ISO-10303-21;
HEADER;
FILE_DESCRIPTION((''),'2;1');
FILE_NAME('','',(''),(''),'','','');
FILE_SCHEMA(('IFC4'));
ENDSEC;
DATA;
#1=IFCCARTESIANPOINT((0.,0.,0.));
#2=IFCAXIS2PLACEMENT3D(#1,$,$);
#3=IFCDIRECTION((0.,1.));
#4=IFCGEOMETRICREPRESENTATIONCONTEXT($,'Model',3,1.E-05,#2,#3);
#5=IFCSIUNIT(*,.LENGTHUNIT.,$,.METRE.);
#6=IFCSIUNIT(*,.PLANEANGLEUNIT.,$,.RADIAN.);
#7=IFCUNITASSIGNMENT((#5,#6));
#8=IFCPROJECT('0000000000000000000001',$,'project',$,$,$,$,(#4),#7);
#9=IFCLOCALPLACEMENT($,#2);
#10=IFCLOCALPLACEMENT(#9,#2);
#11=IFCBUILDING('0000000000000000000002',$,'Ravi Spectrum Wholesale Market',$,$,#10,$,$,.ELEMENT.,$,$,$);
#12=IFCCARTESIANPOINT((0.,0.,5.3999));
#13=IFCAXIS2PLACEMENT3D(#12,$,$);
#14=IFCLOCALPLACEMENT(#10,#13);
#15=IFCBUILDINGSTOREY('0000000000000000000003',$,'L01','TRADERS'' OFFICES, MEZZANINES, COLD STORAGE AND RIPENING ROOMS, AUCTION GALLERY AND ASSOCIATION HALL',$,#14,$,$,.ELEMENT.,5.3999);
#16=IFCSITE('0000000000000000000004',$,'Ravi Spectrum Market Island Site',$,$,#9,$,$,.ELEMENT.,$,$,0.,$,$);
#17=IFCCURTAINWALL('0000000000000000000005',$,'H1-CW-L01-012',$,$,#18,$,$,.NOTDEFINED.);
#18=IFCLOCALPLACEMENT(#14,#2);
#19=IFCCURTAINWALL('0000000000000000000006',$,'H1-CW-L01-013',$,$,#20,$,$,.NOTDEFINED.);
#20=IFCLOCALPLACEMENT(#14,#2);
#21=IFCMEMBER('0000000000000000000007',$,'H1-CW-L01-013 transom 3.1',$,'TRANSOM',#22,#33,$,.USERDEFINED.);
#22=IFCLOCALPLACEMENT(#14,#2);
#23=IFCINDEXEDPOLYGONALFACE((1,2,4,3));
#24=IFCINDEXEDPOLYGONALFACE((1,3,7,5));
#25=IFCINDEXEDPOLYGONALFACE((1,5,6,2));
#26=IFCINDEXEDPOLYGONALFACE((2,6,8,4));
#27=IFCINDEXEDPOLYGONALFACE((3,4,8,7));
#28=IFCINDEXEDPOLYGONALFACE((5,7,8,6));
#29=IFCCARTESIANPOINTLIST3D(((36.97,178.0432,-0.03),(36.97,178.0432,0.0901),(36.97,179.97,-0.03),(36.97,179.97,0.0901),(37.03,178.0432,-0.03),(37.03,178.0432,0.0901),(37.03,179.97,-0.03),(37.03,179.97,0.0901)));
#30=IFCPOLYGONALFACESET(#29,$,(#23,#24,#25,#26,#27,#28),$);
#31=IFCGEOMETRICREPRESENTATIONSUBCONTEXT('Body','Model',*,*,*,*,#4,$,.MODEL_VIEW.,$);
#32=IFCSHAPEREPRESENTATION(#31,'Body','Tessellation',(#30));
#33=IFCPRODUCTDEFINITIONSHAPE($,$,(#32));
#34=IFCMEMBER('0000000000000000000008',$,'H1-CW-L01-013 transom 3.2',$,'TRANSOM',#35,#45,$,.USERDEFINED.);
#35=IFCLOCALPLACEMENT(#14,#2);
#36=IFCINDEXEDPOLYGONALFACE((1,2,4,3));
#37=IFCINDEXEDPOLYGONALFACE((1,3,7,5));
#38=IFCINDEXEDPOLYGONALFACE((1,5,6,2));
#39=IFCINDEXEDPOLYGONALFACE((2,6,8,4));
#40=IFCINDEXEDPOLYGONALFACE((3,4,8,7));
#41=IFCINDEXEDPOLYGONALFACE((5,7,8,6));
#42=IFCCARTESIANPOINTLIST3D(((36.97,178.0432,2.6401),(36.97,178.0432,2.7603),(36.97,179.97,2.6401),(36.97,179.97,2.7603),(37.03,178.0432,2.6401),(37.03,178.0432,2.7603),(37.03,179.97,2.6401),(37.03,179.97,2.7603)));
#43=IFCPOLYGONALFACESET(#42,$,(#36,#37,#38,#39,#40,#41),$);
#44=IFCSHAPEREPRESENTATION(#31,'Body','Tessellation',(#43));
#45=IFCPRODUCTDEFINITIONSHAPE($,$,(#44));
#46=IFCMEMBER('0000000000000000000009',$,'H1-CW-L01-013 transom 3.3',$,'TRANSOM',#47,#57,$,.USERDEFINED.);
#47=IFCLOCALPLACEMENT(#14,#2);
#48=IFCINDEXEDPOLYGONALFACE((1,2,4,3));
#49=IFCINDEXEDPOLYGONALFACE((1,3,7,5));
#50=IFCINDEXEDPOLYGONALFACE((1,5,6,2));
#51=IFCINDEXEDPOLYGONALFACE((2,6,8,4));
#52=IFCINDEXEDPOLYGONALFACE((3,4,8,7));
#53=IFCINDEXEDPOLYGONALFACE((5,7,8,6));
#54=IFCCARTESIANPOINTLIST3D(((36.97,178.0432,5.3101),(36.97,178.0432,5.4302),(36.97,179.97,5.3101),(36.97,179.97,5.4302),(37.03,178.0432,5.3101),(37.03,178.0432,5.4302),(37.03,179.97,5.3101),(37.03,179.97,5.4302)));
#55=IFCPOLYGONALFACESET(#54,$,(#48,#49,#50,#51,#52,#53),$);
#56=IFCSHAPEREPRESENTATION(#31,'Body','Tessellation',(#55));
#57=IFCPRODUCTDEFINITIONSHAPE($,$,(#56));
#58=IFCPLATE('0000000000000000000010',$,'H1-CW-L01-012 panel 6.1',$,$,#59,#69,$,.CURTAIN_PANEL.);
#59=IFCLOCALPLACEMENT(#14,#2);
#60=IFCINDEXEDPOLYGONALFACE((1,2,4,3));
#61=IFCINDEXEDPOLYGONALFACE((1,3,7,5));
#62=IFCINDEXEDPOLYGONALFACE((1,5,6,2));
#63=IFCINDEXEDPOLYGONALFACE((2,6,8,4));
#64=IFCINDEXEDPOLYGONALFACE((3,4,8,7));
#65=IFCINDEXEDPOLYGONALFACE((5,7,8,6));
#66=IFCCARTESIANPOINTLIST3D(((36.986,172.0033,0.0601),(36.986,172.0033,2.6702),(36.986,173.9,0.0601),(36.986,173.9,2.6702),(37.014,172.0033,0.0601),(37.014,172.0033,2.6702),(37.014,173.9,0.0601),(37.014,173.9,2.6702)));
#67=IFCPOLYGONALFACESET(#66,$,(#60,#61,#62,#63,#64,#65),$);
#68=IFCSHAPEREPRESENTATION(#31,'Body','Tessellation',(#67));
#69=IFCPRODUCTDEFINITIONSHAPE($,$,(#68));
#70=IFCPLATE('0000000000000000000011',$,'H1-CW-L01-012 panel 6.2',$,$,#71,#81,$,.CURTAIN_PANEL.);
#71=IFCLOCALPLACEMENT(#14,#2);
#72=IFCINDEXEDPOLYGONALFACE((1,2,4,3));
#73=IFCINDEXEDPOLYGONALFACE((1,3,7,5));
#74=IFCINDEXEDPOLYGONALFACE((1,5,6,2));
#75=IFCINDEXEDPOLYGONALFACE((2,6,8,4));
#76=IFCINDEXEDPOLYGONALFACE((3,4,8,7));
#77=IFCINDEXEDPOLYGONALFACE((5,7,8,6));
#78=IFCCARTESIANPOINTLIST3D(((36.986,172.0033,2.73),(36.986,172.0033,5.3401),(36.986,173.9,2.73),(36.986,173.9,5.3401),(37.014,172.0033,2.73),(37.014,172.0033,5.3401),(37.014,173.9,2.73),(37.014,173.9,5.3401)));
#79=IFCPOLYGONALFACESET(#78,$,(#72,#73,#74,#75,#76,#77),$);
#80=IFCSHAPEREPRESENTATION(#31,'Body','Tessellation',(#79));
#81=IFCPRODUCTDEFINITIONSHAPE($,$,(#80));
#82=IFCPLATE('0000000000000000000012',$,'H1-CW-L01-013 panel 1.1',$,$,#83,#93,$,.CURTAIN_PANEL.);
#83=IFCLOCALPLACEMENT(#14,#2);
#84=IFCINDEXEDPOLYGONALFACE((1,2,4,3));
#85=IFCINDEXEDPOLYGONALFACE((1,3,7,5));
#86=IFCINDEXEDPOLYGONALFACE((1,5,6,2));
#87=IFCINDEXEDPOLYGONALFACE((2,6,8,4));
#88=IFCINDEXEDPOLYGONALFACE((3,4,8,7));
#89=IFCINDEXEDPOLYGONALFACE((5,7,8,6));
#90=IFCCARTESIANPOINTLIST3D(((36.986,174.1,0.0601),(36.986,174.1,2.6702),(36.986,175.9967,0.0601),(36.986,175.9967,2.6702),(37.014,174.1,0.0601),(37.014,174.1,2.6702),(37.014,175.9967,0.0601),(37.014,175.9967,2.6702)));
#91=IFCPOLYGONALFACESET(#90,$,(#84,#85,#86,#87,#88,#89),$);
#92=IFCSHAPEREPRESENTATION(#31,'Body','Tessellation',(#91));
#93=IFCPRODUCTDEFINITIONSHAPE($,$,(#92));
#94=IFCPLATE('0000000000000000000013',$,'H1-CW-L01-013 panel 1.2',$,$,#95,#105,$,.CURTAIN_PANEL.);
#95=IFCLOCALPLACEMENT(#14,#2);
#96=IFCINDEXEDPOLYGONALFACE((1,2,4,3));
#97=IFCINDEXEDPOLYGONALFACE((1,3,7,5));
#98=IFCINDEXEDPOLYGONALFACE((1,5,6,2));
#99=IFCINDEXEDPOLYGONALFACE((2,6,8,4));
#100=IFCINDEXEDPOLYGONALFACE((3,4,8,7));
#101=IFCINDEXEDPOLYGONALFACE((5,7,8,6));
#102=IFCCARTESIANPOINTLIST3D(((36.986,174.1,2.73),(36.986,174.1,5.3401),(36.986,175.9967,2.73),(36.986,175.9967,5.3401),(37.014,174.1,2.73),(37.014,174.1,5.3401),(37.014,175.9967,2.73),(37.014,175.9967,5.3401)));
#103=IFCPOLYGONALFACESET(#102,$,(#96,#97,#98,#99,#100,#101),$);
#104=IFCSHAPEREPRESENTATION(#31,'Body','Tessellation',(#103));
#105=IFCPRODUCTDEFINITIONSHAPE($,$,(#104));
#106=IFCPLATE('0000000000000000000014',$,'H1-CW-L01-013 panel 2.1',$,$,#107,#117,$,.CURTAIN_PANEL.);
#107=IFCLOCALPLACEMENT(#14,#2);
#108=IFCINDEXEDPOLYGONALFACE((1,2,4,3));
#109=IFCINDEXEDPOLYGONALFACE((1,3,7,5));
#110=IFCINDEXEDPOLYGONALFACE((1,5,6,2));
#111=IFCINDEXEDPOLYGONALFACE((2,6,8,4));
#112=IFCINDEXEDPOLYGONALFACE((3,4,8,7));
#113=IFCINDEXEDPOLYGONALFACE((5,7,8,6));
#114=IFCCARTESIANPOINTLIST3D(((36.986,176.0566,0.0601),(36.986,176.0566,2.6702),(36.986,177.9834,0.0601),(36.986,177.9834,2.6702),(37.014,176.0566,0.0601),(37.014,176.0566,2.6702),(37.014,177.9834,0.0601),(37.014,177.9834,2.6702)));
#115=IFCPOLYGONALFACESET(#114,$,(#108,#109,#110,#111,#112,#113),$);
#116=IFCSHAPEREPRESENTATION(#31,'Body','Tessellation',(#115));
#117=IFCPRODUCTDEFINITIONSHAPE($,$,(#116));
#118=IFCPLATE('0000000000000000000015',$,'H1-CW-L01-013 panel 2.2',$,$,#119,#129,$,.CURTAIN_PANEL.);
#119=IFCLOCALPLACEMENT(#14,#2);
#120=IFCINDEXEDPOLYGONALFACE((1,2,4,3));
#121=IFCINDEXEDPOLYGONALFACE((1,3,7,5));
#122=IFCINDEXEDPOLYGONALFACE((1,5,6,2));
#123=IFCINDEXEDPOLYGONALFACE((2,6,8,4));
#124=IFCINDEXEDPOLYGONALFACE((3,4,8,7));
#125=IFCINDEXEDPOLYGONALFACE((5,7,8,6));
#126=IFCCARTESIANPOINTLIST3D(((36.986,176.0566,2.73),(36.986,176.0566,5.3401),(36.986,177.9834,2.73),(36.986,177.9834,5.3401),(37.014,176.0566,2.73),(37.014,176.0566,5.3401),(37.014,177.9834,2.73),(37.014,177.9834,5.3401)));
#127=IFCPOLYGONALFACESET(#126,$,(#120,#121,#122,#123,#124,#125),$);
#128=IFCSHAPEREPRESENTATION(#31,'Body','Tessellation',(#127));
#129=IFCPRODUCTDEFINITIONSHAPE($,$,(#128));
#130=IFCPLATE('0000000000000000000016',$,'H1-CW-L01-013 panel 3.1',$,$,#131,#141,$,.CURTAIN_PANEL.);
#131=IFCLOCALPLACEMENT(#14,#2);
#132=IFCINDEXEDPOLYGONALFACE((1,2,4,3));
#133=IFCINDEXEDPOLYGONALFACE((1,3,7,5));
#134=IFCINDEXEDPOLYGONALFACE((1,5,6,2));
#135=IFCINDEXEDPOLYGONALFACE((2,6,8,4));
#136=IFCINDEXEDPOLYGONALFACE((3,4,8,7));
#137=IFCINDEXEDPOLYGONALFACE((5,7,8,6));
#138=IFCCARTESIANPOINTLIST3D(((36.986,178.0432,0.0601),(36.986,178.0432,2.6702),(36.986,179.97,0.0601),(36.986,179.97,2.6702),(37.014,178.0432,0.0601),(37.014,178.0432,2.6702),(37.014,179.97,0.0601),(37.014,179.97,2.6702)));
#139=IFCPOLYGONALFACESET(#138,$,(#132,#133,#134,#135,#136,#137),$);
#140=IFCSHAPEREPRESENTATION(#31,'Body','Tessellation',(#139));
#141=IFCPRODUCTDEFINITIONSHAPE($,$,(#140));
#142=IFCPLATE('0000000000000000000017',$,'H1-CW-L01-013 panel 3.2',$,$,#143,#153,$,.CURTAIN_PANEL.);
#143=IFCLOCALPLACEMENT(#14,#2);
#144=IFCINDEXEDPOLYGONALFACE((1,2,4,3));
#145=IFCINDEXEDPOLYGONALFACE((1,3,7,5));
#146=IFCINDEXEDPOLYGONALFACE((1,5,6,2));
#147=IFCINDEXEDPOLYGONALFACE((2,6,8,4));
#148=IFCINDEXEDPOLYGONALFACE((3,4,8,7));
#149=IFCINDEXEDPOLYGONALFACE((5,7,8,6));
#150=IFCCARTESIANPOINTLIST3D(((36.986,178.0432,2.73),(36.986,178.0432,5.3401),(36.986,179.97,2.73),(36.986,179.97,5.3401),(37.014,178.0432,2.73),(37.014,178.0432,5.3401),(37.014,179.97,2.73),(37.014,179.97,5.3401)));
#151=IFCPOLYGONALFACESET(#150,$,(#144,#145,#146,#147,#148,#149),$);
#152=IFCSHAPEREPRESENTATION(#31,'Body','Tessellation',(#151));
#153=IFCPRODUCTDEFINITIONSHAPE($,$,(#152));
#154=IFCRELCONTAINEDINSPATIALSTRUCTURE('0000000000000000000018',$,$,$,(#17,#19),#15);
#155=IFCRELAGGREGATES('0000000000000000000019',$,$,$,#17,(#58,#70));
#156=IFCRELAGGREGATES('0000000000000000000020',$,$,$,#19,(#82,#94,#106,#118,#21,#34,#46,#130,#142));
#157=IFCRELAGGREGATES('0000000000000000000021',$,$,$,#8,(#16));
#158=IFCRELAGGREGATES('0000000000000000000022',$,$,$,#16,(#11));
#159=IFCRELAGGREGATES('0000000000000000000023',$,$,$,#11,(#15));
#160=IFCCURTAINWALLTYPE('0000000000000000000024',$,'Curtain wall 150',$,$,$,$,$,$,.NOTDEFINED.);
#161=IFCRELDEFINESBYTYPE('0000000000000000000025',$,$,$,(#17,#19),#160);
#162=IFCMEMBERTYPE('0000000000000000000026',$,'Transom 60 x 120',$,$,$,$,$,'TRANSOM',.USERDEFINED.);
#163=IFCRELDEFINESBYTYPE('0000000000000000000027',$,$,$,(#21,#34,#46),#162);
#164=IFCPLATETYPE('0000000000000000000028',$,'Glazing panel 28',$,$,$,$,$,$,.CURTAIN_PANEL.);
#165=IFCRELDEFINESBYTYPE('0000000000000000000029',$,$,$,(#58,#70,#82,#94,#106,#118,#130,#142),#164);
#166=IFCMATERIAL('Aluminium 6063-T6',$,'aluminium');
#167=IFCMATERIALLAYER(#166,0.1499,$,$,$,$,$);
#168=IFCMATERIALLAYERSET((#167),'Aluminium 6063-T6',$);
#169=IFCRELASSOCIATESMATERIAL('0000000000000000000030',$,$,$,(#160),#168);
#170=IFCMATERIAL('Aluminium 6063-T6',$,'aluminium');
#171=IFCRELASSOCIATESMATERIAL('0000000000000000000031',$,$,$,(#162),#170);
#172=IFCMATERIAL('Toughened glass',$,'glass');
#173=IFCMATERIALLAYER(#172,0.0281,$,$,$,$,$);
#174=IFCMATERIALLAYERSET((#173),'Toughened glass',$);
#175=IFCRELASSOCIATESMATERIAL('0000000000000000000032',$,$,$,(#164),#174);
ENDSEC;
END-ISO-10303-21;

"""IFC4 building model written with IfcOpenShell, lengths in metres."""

from ifc_helpers import new_model, si_unit, direction, frame, origin, origin_2d, place, context, subcontext, project, spatial, rectangle, extrude, material, layer, layer_set, material_profile, profile_set, type_object, element, aggregate, save


model = new_model("IFC4")

# Units and contexts
model_context = context("Model", 3, precision=1e-05, world=origin(), true_north=direction((0.0, 1.0)))
body_context = subcontext(model_context, "Body", "Model", "MODEL_VIEW")
ifc_project = project(units=[si_unit("LENGTHUNIT", "METRE"), si_unit("PLANEANGLEUNIT", "RADIAN")], contexts=[model_context])

# Site, building, storey
site_placement = place(None, origin())
site = spatial("IfcSite", under=ifc_project, at=site_placement, Name="Ravi Spectrum Market Island Site", CompositionType="ELEMENT", RefElevation=0.0)
building_placement = place(site_placement, origin())
building = spatial("IfcBuilding", under=site, at=building_placement, Name="Ravi Spectrum Wholesale Market", CompositionType="ELEMENT")
storey_placement = place(building_placement, frame((0.0, 0.0, 5.3999)))
storey = spatial("IfcBuildingStorey", under=building, at=storey_placement, Name="L01", Description="TRADERS' OFFICES, MEZZANINES, COLD STORAGE AND RIPENING ROOMS, AUCTION GALLERY AND ASSOCIATION HALL", CompositionType="ELEMENT", Elevation=5.3999)

# Curtain wall
ifc_material_1 = material(Name="Aluminium 6063-T6", Category="aluminium")
ifc_layer_1 = layer(ifc_material_1, 0.1499)
ifc_layer_set_1 = layer_set([ifc_layer_1], Name="Aluminium 6063-T6")
curtain_wall_type = type_object("IfcCurtainWallType", Name="Curtain wall 150", PredefinedType="NOTDEFINED", material=ifc_layer_set_1)
curtain_wall_1_placement = place(storey_placement, origin())
curtain_wall_1 = element("IfcCurtainWall", 1, at=curtain_wall_1_placement, inside=storey, type_object=curtain_wall_type, Name="H1-CW-L01-012", PredefinedType="NOTDEFINED")

# Curtain wall, members
curtain_wall_2_placement = place(storey_placement, origin())
curtain_wall_2 = element("IfcCurtainWall", 2, at=curtain_wall_2_placement, inside=storey, type_object=curtain_wall_type, Name="H1-CW-L01-013", PredefinedType="NOTDEFINED")
ifc_material_2 = material(Name="Aluminium 6063-T6", Category="aluminium")
ifc_material_profile_1 = material_profile(ifc_material_2, rectangle(XDim=0.0601, YDim=0.1201, at=origin_2d()))
ifc_profile_set_1 = profile_set([ifc_material_profile_1], Name="Aluminium 6063-T6")
member_type_1 = type_object("IfcMemberType", Name="Transom 60 x 120", ElementType="TRANSOM", PredefinedType="USERDEFINED", material=ifc_profile_set_1)
member_1_placement = place(storey_placement, frame((37.0, 178.0432, 0.03), z_axis=(0.0, 1.0, 0.0), x_axis=(-1.0, 0.0, 0.0)))
member_1 = element("IfcMember", 3, at=member_1_placement, type_object=member_type_1, Name="H1-CW-L01-013 transom 3.1", ObjectType="TRANSOM", PredefinedType="USERDEFINED", context=body_context, shape_type="SweptSolid", body=[
    extrude(rectangle(XDim=0.0601, YDim=0.1201, at=origin_2d()), origin(), (0.0, 0.0, 1.0), 1.9268),
])
member_2_placement = place(storey_placement, frame((37.0, 178.0432, 2.7002), z_axis=(0.0, 1.0, 0.0), x_axis=(-1.0, 0.0, 0.0)))
member_2 = element("IfcMember", 4, at=member_2_placement, type_object=member_type_1, Name="H1-CW-L01-013 transom 3.2", ObjectType="TRANSOM", PredefinedType="USERDEFINED", context=body_context, shape_type="SweptSolid", body=[
    extrude(rectangle(XDim=0.0601, YDim=0.1201, at=origin_2d()), origin(), (0.0, 0.0, 1.0), 1.9268),
])
member_3_placement = place(storey_placement, frame((37.0, 178.0432, 5.3701), z_axis=(0.0, 1.0, 0.0), x_axis=(-1.0, 0.0, 0.0)))
member_3 = element("IfcMember", 5, at=member_3_placement, type_object=member_type_1, Name="H1-CW-L01-013 transom 3.3", ObjectType="TRANSOM", PredefinedType="USERDEFINED", context=body_context, shape_type="SweptSolid", body=[
    extrude(rectangle(XDim=0.0601, YDim=0.1201, at=origin_2d()), origin(), (0.0, 0.0, 1.0), 1.9268),
])

# Plates
ifc_material_3 = material(Name="Toughened glass", Category="glass")
ifc_layer_2 = layer(ifc_material_3, 0.0281)
ifc_layer_set_2 = layer_set([ifc_layer_2], Name="Toughened glass")
plate_type = type_object("IfcPlateType", Name="Glazing panel 28", PredefinedType="CURTAIN_PANEL", material=ifc_layer_set_2)
plate_1_placement = place(storey_placement, frame((37.0, 172.9517, 0.0601), z_axis=(0.0, 0.0, 1.0), x_axis=(0.0, 1.0, 0.0)))
plate_1 = element("IfcPlate", 6, at=plate_1_placement, type_object=plate_type, Name="H1-CW-L01-012 panel 6.1", PredefinedType="CURTAIN_PANEL", context=body_context, shape_type="SweptSolid", body=[
    extrude(rectangle(XDim=1.8967, YDim=0.0281, at=origin_2d()), origin(), (0.0, 0.0, 1.0), 2.6101),
])
plate_2_placement = place(storey_placement, frame((37.0, 172.9517, 2.73), z_axis=(0.0, 0.0, 1.0), x_axis=(0.0, 1.0, 0.0)))
plate_2 = element("IfcPlate", 7, at=plate_2_placement, type_object=plate_type, Name="H1-CW-L01-012 panel 6.2", PredefinedType="CURTAIN_PANEL", context=body_context, shape_type="SweptSolid", body=[
    extrude(rectangle(XDim=1.8967, YDim=0.0281, at=origin_2d()), origin(), (0.0, 0.0, 1.0), 2.6101),
])
aggregate(curtain_wall_1, [plate_1, plate_2])
plate_3_placement = place(storey_placement, frame((37.0, 175.0483, 0.0601), z_axis=(0.0, 0.0, 1.0), x_axis=(0.0, 1.0, 0.0)))
plate_3 = element("IfcPlate", 8, at=plate_3_placement, type_object=plate_type, Name="H1-CW-L01-013 panel 1.1", PredefinedType="CURTAIN_PANEL", context=body_context, shape_type="SweptSolid", body=[
    extrude(rectangle(XDim=1.8967, YDim=0.0281, at=origin_2d()), origin(), (0.0, 0.0, 1.0), 2.6101),
])
plate_4_placement = place(storey_placement, frame((37.0, 175.0483, 2.73), z_axis=(0.0, 0.0, 1.0), x_axis=(0.0, 1.0, 0.0)))
plate_4 = element("IfcPlate", 9, at=plate_4_placement, type_object=plate_type, Name="H1-CW-L01-013 panel 1.2", PredefinedType="CURTAIN_PANEL", context=body_context, shape_type="SweptSolid", body=[
    extrude(rectangle(XDim=1.8967, YDim=0.0281, at=origin_2d()), origin(), (0.0, 0.0, 1.0), 2.6101),
])
plate_5_placement = place(storey_placement, frame((37.0, 177.02, 0.0601), z_axis=(0.0, 0.0, 1.0), x_axis=(0.0, 1.0, 0.0)))
plate_5 = element("IfcPlate", 10, at=plate_5_placement, type_object=plate_type, Name="H1-CW-L01-013 panel 2.1", PredefinedType="CURTAIN_PANEL", context=body_context, shape_type="SweptSolid", body=[
    extrude(rectangle(XDim=1.9268, YDim=0.0281, at=origin_2d()), origin(), (0.0, 0.0, 1.0), 2.6101),
])
plate_6_placement = place(storey_placement, frame((37.0, 177.02, 2.73), z_axis=(0.0, 0.0, 1.0), x_axis=(0.0, 1.0, 0.0)))
plate_6 = element("IfcPlate", 11, at=plate_6_placement, type_object=plate_type, Name="H1-CW-L01-013 panel 2.2", PredefinedType="CURTAIN_PANEL", context=body_context, shape_type="SweptSolid", body=[
    extrude(rectangle(XDim=1.9268, YDim=0.0281, at=origin_2d()), origin(), (0.0, 0.0, 1.0), 2.6101),
])
plate_7_placement = place(storey_placement, frame((37.0, 179.0066, 0.0601), z_axis=(0.0, 0.0, 1.0), x_axis=(0.0, 1.0, 0.0)))
plate_7 = element("IfcPlate", 12, at=plate_7_placement, type_object=plate_type, Name="H1-CW-L01-013 panel 3.1", PredefinedType="CURTAIN_PANEL", context=body_context, shape_type="SweptSolid", body=[
    extrude(rectangle(XDim=1.9268, YDim=0.0281, at=origin_2d()), origin(), (0.0, 0.0, 1.0), 2.6101),
])
plate_8_placement = place(storey_placement, frame((37.0, 179.0066, 2.73), z_axis=(0.0, 0.0, 1.0), x_axis=(0.0, 1.0, 0.0)))
plate_8 = element("IfcPlate", 13, at=plate_8_placement, type_object=plate_type, Name="H1-CW-L01-013 panel 3.2", PredefinedType="CURTAIN_PANEL", context=body_context, shape_type="SweptSolid", body=[
    extrude(rectangle(XDim=1.9268, YDim=0.0281, at=origin_2d()), origin(), (0.0, 0.0, 1.0), 2.6101),
])
aggregate(curtain_wall_2, [plate_3, plate_4, plate_5, plate_6, member_1, member_2, member_3, plate_7, plate_8])

save(model, "model.ifc")
